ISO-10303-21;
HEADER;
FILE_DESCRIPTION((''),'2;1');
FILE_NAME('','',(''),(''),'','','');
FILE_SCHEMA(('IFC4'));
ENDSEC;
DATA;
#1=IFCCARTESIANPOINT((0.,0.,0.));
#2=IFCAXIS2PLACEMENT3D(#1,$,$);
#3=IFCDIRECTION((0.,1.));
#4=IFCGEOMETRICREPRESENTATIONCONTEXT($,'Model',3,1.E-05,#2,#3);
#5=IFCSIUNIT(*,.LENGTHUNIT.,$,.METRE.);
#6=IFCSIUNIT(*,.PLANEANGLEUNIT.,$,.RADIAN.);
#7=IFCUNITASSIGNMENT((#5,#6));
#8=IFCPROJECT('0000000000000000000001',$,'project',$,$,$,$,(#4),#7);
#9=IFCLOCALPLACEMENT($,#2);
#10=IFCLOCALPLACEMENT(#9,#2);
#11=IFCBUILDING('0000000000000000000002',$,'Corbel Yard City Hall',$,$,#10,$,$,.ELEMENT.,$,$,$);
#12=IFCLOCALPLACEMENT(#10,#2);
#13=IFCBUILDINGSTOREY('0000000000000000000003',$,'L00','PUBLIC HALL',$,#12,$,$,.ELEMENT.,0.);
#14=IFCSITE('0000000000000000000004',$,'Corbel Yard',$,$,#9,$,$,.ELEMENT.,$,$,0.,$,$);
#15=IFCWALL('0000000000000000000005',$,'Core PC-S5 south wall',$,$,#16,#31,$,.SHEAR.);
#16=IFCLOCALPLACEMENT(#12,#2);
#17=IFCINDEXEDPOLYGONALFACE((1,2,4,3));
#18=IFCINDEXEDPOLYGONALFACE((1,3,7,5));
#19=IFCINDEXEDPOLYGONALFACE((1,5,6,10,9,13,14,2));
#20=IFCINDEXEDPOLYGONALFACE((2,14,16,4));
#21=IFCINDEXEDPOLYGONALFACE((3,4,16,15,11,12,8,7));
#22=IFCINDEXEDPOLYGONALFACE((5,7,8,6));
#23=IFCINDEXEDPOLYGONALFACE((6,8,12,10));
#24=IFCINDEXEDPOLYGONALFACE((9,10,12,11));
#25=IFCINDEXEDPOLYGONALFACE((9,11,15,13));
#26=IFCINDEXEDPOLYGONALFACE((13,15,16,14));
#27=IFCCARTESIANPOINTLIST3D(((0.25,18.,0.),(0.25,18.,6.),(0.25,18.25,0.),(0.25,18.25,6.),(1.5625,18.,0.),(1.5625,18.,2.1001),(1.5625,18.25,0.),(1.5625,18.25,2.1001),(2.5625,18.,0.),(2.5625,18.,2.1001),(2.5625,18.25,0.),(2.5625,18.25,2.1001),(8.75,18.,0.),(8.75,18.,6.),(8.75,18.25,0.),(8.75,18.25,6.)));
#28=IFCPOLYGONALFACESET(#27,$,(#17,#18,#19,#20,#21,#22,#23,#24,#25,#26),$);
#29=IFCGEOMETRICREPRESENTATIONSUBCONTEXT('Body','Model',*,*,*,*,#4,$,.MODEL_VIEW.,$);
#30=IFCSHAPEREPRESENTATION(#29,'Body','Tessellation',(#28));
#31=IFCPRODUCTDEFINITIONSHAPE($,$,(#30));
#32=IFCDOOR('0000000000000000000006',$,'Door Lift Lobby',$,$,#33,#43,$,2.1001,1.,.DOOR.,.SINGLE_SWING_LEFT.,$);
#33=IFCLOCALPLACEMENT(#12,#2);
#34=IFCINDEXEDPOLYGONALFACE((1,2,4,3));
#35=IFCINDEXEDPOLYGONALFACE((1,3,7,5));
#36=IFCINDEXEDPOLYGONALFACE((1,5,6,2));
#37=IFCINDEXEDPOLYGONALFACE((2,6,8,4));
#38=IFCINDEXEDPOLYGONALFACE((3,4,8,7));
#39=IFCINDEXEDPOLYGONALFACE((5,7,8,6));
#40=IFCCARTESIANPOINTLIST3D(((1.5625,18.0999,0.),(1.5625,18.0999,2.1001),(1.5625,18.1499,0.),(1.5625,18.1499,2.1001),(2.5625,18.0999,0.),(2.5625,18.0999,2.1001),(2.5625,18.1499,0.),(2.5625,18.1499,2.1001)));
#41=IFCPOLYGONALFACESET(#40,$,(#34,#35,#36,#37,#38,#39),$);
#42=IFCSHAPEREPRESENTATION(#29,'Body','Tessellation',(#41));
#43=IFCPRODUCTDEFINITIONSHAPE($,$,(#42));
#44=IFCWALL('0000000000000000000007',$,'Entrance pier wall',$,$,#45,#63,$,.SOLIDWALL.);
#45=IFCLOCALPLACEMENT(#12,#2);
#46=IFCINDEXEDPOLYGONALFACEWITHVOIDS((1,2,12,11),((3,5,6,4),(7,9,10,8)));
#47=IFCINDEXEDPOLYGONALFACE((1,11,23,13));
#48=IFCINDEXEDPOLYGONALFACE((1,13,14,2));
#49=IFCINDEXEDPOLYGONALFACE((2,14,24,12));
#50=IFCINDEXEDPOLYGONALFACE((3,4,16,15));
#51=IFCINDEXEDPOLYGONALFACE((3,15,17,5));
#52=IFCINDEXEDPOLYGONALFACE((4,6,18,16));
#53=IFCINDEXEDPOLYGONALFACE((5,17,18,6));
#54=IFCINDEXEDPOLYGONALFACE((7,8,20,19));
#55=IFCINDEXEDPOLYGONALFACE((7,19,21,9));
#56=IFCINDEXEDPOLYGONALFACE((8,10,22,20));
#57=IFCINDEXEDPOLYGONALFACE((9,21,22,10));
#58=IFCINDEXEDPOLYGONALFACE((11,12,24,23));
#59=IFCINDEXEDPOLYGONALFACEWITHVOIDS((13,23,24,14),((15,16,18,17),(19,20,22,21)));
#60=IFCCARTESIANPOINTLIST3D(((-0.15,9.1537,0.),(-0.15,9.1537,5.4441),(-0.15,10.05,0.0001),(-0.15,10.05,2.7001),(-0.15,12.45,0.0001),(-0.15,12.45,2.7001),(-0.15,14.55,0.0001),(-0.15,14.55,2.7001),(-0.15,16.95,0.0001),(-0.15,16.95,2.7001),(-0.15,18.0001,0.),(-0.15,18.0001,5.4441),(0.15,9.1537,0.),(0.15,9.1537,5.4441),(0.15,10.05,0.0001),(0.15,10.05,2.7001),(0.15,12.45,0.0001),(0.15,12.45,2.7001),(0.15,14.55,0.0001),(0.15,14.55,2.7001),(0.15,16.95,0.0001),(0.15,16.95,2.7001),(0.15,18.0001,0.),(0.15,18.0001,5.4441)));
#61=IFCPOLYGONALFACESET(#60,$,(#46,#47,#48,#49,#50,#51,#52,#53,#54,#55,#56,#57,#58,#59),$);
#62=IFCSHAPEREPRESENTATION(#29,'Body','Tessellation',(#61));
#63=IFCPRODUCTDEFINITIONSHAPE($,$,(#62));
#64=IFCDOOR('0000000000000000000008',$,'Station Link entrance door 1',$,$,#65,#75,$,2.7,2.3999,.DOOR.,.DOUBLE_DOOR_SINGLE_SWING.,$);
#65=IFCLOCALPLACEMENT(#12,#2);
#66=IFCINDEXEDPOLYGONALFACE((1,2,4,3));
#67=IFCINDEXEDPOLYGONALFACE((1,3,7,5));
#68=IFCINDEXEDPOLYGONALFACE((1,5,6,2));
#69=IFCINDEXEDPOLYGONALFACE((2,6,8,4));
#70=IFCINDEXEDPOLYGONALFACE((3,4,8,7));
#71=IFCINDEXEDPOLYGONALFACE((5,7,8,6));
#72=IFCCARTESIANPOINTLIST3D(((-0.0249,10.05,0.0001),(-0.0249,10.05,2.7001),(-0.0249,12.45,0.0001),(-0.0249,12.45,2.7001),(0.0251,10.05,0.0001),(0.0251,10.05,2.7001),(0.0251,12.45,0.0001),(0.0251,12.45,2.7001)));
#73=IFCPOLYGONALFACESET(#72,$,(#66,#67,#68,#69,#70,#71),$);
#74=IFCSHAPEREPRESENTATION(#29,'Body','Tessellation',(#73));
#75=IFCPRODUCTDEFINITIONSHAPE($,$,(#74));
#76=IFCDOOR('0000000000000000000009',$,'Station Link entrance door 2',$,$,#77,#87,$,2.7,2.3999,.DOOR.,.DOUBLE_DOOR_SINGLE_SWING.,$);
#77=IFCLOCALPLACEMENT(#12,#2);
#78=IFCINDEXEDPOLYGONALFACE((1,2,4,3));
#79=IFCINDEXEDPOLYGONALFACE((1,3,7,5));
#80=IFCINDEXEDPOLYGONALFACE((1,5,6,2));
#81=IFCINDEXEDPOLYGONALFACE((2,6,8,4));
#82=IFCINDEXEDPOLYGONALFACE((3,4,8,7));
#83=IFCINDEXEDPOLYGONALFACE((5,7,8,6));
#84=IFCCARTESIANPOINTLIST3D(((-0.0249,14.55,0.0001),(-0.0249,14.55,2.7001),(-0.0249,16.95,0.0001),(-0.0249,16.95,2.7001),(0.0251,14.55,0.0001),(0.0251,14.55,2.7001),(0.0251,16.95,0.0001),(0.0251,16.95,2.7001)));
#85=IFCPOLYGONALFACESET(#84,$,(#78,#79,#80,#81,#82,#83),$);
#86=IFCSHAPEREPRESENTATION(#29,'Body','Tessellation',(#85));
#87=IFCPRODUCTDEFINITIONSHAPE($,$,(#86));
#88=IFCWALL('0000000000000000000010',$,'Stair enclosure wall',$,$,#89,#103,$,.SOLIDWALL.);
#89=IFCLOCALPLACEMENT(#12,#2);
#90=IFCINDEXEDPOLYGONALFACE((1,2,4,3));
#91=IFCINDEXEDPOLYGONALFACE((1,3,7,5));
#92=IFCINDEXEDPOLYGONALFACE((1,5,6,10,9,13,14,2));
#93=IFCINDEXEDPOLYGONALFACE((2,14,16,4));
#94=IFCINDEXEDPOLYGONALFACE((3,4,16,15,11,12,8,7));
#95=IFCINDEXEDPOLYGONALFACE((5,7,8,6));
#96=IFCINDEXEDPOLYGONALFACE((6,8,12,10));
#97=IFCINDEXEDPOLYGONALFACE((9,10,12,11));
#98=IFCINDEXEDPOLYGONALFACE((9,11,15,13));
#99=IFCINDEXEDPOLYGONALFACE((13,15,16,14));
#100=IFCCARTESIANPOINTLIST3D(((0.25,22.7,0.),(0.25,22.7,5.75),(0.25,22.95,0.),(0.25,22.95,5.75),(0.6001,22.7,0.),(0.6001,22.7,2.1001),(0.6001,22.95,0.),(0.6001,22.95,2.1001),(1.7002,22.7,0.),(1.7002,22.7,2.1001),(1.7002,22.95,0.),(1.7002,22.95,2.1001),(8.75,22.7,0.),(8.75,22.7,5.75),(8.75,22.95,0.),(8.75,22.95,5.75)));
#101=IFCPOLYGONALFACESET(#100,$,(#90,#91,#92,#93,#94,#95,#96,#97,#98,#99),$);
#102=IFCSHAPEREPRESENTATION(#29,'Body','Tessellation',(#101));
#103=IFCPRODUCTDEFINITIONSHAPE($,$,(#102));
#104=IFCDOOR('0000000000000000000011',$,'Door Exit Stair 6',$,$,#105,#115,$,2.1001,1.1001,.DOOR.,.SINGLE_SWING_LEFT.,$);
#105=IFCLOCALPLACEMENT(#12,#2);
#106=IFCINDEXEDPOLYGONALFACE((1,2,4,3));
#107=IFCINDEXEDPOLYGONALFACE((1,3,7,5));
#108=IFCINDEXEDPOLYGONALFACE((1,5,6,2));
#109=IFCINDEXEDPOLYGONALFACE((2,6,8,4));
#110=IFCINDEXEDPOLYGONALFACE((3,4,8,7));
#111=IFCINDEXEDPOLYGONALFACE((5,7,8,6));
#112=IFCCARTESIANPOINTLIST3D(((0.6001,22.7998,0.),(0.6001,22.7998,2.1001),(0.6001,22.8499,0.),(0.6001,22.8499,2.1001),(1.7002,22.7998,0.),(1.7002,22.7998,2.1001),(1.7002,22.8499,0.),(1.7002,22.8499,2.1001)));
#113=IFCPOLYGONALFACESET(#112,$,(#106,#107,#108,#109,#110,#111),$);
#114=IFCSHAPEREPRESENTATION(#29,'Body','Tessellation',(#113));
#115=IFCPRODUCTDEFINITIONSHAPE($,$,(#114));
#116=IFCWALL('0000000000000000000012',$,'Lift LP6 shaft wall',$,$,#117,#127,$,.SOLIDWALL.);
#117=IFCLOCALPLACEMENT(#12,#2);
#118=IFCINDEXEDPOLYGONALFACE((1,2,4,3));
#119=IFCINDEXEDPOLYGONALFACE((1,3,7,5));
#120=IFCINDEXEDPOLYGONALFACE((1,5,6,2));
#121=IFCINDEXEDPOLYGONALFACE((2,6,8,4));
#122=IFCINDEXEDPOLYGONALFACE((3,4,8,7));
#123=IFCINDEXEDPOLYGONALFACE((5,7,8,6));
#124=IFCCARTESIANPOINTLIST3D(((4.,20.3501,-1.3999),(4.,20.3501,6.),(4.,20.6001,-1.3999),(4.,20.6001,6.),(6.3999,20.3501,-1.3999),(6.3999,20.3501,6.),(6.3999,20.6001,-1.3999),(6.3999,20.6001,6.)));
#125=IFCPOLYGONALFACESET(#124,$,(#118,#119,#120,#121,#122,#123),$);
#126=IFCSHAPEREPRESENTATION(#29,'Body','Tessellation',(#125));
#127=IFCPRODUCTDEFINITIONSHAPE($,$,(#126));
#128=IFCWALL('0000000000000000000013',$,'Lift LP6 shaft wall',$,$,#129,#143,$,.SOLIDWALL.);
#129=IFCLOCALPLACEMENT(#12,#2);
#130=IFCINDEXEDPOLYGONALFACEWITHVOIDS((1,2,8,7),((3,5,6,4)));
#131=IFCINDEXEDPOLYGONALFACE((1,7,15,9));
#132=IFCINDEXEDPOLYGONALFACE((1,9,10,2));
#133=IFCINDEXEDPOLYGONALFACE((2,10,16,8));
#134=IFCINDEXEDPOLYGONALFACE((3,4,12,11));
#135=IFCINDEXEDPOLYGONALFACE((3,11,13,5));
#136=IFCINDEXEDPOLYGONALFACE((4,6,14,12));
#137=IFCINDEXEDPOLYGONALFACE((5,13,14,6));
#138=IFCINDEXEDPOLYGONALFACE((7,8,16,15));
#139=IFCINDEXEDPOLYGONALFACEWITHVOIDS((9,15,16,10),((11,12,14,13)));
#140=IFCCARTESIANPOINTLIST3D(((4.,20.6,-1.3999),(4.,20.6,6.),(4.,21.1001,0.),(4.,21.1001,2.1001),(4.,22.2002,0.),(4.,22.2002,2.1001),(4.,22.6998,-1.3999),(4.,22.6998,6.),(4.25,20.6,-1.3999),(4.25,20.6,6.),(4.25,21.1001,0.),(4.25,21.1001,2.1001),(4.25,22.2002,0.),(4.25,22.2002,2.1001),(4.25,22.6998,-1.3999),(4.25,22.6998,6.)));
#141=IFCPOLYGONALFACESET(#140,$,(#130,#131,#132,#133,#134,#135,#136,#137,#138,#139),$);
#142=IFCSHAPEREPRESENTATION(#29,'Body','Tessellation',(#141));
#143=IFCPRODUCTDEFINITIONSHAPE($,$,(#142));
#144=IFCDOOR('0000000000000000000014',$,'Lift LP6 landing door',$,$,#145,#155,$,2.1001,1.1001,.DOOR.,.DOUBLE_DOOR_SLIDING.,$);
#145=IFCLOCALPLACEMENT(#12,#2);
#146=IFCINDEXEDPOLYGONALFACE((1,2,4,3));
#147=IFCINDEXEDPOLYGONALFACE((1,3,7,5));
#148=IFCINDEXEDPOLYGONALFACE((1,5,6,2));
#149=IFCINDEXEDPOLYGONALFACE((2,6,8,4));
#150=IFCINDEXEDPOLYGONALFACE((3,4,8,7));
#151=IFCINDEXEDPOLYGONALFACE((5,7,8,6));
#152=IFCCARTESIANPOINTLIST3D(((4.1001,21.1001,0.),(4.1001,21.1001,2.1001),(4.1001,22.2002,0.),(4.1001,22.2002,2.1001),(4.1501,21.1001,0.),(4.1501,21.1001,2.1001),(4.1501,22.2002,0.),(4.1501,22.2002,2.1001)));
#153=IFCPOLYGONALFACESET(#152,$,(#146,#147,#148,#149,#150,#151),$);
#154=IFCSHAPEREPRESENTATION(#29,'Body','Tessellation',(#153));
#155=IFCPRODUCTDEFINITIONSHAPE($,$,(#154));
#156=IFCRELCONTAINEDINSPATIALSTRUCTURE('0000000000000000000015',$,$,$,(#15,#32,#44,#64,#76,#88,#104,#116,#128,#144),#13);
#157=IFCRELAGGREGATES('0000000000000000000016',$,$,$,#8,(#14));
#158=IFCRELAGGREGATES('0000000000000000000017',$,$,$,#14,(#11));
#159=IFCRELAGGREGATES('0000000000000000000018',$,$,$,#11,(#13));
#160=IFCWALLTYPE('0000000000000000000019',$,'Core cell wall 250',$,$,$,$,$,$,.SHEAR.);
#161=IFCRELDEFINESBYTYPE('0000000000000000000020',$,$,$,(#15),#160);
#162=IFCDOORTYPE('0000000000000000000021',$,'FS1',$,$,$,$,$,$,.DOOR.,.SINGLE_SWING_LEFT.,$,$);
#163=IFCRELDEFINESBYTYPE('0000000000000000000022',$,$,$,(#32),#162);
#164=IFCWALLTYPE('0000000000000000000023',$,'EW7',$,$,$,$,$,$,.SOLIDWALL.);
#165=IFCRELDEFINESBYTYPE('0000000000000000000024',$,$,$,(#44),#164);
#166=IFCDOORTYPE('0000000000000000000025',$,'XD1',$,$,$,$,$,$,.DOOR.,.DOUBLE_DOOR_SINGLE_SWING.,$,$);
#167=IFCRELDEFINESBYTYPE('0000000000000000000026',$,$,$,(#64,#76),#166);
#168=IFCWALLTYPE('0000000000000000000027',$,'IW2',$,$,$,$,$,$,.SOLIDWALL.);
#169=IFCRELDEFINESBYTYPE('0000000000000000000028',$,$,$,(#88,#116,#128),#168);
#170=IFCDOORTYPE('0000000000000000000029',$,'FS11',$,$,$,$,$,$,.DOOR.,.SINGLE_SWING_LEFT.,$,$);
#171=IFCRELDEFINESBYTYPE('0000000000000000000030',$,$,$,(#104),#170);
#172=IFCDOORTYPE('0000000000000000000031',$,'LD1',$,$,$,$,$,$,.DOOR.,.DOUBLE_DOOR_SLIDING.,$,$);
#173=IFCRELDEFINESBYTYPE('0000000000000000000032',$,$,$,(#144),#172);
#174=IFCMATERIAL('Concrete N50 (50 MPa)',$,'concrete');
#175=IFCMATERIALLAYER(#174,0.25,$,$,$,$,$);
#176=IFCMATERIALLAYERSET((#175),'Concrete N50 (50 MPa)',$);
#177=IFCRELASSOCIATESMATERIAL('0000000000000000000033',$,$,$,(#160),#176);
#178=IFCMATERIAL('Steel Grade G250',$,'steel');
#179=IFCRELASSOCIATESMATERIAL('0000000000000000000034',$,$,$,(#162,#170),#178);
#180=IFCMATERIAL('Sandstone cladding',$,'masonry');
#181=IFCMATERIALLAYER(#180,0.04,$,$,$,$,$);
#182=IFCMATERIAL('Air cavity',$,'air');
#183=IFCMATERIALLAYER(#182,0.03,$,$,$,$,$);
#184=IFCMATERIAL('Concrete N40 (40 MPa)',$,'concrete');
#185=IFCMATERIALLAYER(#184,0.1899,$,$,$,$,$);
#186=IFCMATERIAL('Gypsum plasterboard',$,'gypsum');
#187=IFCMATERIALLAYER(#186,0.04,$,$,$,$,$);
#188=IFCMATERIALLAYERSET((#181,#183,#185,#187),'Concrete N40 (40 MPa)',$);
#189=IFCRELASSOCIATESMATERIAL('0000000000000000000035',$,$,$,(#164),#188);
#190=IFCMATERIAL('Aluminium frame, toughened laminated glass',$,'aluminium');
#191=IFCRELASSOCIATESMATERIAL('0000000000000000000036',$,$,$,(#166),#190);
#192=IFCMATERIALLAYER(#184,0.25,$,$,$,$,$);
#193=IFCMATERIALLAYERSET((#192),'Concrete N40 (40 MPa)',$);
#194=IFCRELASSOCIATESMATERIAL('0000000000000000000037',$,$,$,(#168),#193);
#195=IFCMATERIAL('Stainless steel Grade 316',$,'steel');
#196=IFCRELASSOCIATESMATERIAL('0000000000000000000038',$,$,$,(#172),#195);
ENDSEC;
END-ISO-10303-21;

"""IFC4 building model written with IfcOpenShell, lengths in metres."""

from ifc_helpers import new_model, si_unit, direction, frame, frame_2d, origin, place, context, subcontext, project, spatial, rectangle, extrude, material, layer, layer_set, type_object, element, fill, save


model = new_model("IFC4")

# Units and contexts
model_context = context("Model", 3, precision=1e-05, world=origin(), true_north=direction((0.0, 1.0)))
body_context = subcontext(model_context, "Body", "Model", "MODEL_VIEW")
ifc_project = project(units=[si_unit("LENGTHUNIT", "METRE"), si_unit("PLANEANGLEUNIT", "RADIAN")], contexts=[model_context])

# Site, building, storey
site_placement = place(None, origin())
site = spatial("IfcSite", under=ifc_project, at=site_placement, Name="Corbel Yard", CompositionType="ELEMENT", RefElevation=0.0)
building_placement = place(site_placement, origin())
building = spatial("IfcBuilding", under=site, at=building_placement, Name="Corbel Yard City Hall", CompositionType="ELEMENT")
storey_placement = place(building_placement, origin())
storey = spatial("IfcBuildingStorey", under=building, at=storey_placement, Name="L00", Description="PUBLIC HALL", CompositionType="ELEMENT", Elevation=0.0)

# Shared definitions
ifc_material_1 = material(Name="Concrete N40 (40 MPa)", Category="concrete")

# Wall, opening, door
ifc_material_2 = material(Name="Concrete N50 (50 MPa)", Category="concrete")
ifc_layer_1 = layer(ifc_material_2, 0.25)
ifc_layer_set_1 = layer_set([ifc_layer_1], Name="Concrete N50 (50 MPa)")
wall_type_1 = type_object("IfcWallType", Name="Core cell wall 250", PredefinedType="SHEAR", material=ifc_layer_set_1)
wall_1_placement = place(storey_placement, frame((0.25, 18.125, 0.0), z_axis=(0.0, 0.0, 1.0), x_axis=(1.0, 0.0, 0.0)))
wall_1 = element("IfcWall", 1, at=wall_1_placement, inside=storey, type_object=wall_type_1, Name="Core PC-S5 south wall", PredefinedType="SHEAR", context=body_context, shape_type="SweptSolid", body=[
    extrude(rectangle(XDim=8.5, YDim=0.25, at=frame_2d((4.25, 0.0))), origin(), (0.0, 0.0, 1.0), 6.0),
])
opening_1_placement = place(wall_1_placement, frame((1.3125, 0.0, 0.0)))
opening_1 = element("IfcOpeningElement", 2, at=opening_1_placement, cuts=wall_1, PredefinedType="OPENING", context=body_context, shape_type="SweptSolid", body=[
    extrude(rectangle(XDim=1.0, YDim=2.1001, at=frame_2d((0.5, 1.05))), frame((0.0, 0.135, 0.0), z_axis=(0.0, -1.0, 0.0), x_axis=(1.0, 0.0, 0.0)), (0.0, 0.0, 1.0), 0.27),
])
ifc_material_3 = material(Name="Steel Grade G250", Category="steel")
door_type_1 = type_object("IfcDoorType", Name="FS1", OperationType="SINGLE_SWING_LEFT", PredefinedType="DOOR", material=ifc_material_3)
door_1_placement = place(opening_1_placement, origin())
door_1 = element("IfcDoor", 3, at=door_1_placement, inside=storey, type_object=door_type_1, Name="Door Lift Lobby", OperationType="SINGLE_SWING_LEFT", OverallHeight=2.1001, OverallWidth=1.0, PredefinedType="DOOR", context=body_context, shape_type="SweptSolid", body=[
    extrude(rectangle(XDim=1.0, YDim=2.1001, at=frame_2d((0.5, 1.05))), frame((0.0, 0.0249, 0.0), z_axis=(0.0, -1.0, 0.0), x_axis=(1.0, 0.0, 0.0)), (0.0, 0.0, 1.0), 0.05),
])
fill(opening_1, door_1)

# Wall, openings, doors
ifc_material_4 = material(Name="Sandstone cladding", Category="masonry")
ifc_layer_2 = layer(ifc_material_4, 0.04)
ifc_material_5 = material(Name="Air cavity", Category="air")
ifc_layer_3 = layer(ifc_material_5, 0.03)
ifc_layer_4 = layer(ifc_material_1, 0.1899)
ifc_material_6 = material(Name="Gypsum plasterboard", Category="gypsum")
ifc_layer_5 = layer(ifc_material_6, 0.04)
ifc_layer_set_2 = layer_set([ifc_layer_2, ifc_layer_3, ifc_layer_4, ifc_layer_5], Name="Concrete N40 (40 MPa)")
wall_type_2 = type_object("IfcWallType", Name="EW7", PredefinedType="SOLIDWALL", material=ifc_layer_set_2)
wall_2_placement = place(storey_placement, frame((0.0, 9.1536, 0.0), z_axis=(0.0, 0.0, 1.0), x_axis=(0.0, 1.0, 0.0)))
wall_2 = element("IfcWall", 4, at=wall_2_placement, inside=storey, type_object=wall_type_2, Name="Entrance pier wall", PredefinedType="SOLIDWALL", context=body_context, shape_type="SweptSolid", body=[
    extrude(rectangle(XDim=8.8464, YDim=0.3, at=frame_2d((4.4233, 0.0))), origin(), (0.0, 0.0, 1.0), 5.4441),
])
opening_2_placement = place(wall_2_placement, frame((0.8965, 0.0, 0.0)))
opening_2 = element("IfcOpeningElement", 5, at=opening_2_placement, cuts=wall_2, PredefinedType="OPENING", context=body_context, shape_type="SweptSolid", body=[
    extrude(rectangle(XDim=2.3999, YDim=2.7, at=frame_2d((1.2, 1.3501))), frame((0.0, 0.1599, 0.0), z_axis=(0.0, -1.0, 0.0), x_axis=(1.0, 0.0, 0.0)), (0.0, 0.0, 1.0), 0.3201),
])
opening_3_placement = place(wall_2_placement, frame((5.3965, 0.0, 0.0)))
opening_3 = element("IfcOpeningElement", 6, at=opening_3_placement, cuts=wall_2, PredefinedType="OPENING", context=body_context, shape_type="SweptSolid", body=[
    extrude(rectangle(XDim=2.3999, YDim=2.7, at=frame_2d((1.2, 1.3501))), frame((0.0, 0.1599, 0.0), z_axis=(0.0, -1.0, 0.0), x_axis=(1.0, 0.0, 0.0)), (0.0, 0.0, 1.0), 0.3201),
])
ifc_material_7 = material(Name="Aluminium frame, toughened laminated glass", Category="aluminium")
door_type_2 = type_object("IfcDoorType", Name="XD1", OperationType="DOUBLE_DOOR_SINGLE_SWING", PredefinedType="DOOR", material=ifc_material_7)
door_2_placement = place(opening_2_placement, origin())
door_2 = element("IfcDoor", 7, at=door_2_placement, inside=storey, type_object=door_type_2, Name="Station Link entrance door 1", OperationType="DOUBLE_DOOR_SINGLE_SWING", OverallHeight=2.7, OverallWidth=2.3999, PredefinedType="DOOR", context=body_context, shape_type="SweptSolid", body=[
    extrude(rectangle(XDim=2.3999, YDim=2.7, at=frame_2d((1.2, 1.3501))), frame((0.0, 0.0249, 0.0), z_axis=(0.0, -1.0, 0.0), x_axis=(1.0, 0.0, 0.0)), (0.0, 0.0, 1.0), 0.05),
])
fill(opening_2, door_2)
door_3_placement = place(opening_3_placement, origin())
door_3 = element("IfcDoor", 8, at=door_3_placement, inside=storey, type_object=door_type_2, Name="Station Link entrance door 2", OperationType="DOUBLE_DOOR_SINGLE_SWING", OverallHeight=2.7, OverallWidth=2.3999, PredefinedType="DOOR", context=body_context, shape_type="SweptSolid", body=[
    extrude(rectangle(XDim=2.3999, YDim=2.7, at=frame_2d((1.2, 1.3501))), frame((0.0, 0.0249, 0.0), z_axis=(0.0, -1.0, 0.0), x_axis=(1.0, 0.0, 0.0)), (0.0, 0.0, 1.0), 0.05),
])
fill(opening_3, door_3)

# Wall, opening, door
ifc_layer_6 = layer(ifc_material_1, 0.25)
ifc_layer_set_3 = layer_set([ifc_layer_6], Name="Concrete N40 (40 MPa)")
wall_type_3 = type_object("IfcWallType", Name="IW2", PredefinedType="SOLIDWALL", material=ifc_layer_set_3)
wall_3_placement = place(storey_placement, frame((0.25, 22.825, 0.0), z_axis=(0.0, 0.0, 1.0), x_axis=(1.0, 0.0, 0.0)))
wall_3 = element("IfcWall", 9, at=wall_3_placement, inside=storey, type_object=wall_type_3, Name="Stair enclosure wall", PredefinedType="SOLIDWALL", context=body_context, shape_type="SweptSolid", body=[
    extrude(rectangle(XDim=8.5, YDim=0.25, at=frame_2d((4.25, 0.0))), origin(), (0.0, 0.0, 1.0), 5.75),
])
opening_4_placement = place(wall_3_placement, frame((0.3501, 0.0, 0.0)))
opening_4 = element("IfcOpeningElement", 10, at=opening_4_placement, cuts=wall_3, PredefinedType="OPENING", context=body_context, shape_type="SweptSolid", body=[
    extrude(rectangle(XDim=1.1001, YDim=2.1001, at=frame_2d((0.55, 1.05))), frame((0.0, 0.135, 0.0), z_axis=(0.0, -1.0, 0.0), x_axis=(1.0, 0.0, 0.0)), (0.0, 0.0, 1.0), 0.27),
])
door_type_3 = type_object("IfcDoorType", Name="FS11", OperationType="SINGLE_SWING_LEFT", PredefinedType="DOOR", material=ifc_material_3)
door_4_placement = place(opening_4_placement, origin())
door_4 = element("IfcDoor", 11, at=door_4_placement, inside=storey, type_object=door_type_3, Name="Door Exit Stair 6", OperationType="SINGLE_SWING_LEFT", OverallHeight=2.1001, OverallWidth=1.1001, PredefinedType="DOOR", context=body_context, shape_type="SweptSolid", body=[
    extrude(rectangle(XDim=1.1001, YDim=2.1001, at=frame_2d((0.55, 1.05))), frame((0.0, 0.0249, 0.0), z_axis=(0.0, -1.0, 0.0), x_axis=(1.0, 0.0, 0.0)), (0.0, 0.0, 1.0), 0.05),
])
fill(opening_4, door_4)

# Wall
wall_4_placement = place(storey_placement, frame((4.0, 20.4751, -1.3999), z_axis=(0.0, 0.0, 1.0), x_axis=(1.0, 0.0, 0.0)))
element("IfcWall", 12, at=wall_4_placement, inside=storey, type_object=wall_type_3, Name="Lift LP6 shaft wall", PredefinedType="SOLIDWALL", context=body_context, shape_type="SweptSolid", body=[
    extrude(rectangle(XDim=2.3999, YDim=0.25, at=frame_2d((1.2, 0.0))), origin(), (0.0, 0.0, 1.0), 7.3999),
])

# Wall, opening, door
wall_5_placement = place(storey_placement, frame((4.125, 20.6001, -1.3999), z_axis=(0.0, 0.0, 1.0), x_axis=(0.0, 1.0, 0.0)))
wall_5 = element("IfcWall", 13, at=wall_5_placement, inside=storey, type_object=wall_type_3, Name="Lift LP6 shaft wall", PredefinedType="SOLIDWALL", context=body_context, shape_type="SweptSolid", body=[
    extrude(rectangle(XDim=2.0999, YDim=0.25, at=frame_2d((1.0498, 0.0))), origin(), (0.0, 0.0, 1.0), 7.3999),
])
opening_5_placement = place(wall_5_placement, frame((0.5, 0.0, 1.3999)))
opening_5 = element("IfcOpeningElement", 14, at=opening_5_placement, cuts=wall_5, PredefinedType="OPENING", context=body_context, shape_type="SweptSolid", body=[
    extrude(rectangle(XDim=1.1001, YDim=2.1001, at=frame_2d((0.55, 1.05))), frame((0.0, 0.135, 0.0), z_axis=(0.0, -1.0, 0.0), x_axis=(1.0, 0.0, 0.0)), (0.0, 0.0, 1.0), 0.27),
])
ifc_material_8 = material(Name="Stainless steel Grade 316", Category="steel")
door_type_4 = type_object("IfcDoorType", Name="LD1", OperationType="DOUBLE_DOOR_SLIDING", PredefinedType="DOOR", material=ifc_material_8)
door_5_placement = place(opening_5_placement, origin())
door_5 = element("IfcDoor", 15, at=door_5_placement, inside=storey, type_object=door_type_4, Name="Lift LP6 landing door", OperationType="DOUBLE_DOOR_SLIDING", OverallHeight=2.1001, OverallWidth=1.1001, PredefinedType="DOOR", context=body_context, shape_type="SweptSolid", body=[
    extrude(rectangle(XDim=1.1001, YDim=2.1001, at=frame_2d((0.55, 1.05))), frame((0.0, 0.0249, 0.0), z_axis=(0.0, -1.0, 0.0), x_axis=(1.0, 0.0, 0.0)), (0.0, 0.0, 1.0), 0.05),
])
fill(opening_5, door_5)

save(model, "model.ifc")
